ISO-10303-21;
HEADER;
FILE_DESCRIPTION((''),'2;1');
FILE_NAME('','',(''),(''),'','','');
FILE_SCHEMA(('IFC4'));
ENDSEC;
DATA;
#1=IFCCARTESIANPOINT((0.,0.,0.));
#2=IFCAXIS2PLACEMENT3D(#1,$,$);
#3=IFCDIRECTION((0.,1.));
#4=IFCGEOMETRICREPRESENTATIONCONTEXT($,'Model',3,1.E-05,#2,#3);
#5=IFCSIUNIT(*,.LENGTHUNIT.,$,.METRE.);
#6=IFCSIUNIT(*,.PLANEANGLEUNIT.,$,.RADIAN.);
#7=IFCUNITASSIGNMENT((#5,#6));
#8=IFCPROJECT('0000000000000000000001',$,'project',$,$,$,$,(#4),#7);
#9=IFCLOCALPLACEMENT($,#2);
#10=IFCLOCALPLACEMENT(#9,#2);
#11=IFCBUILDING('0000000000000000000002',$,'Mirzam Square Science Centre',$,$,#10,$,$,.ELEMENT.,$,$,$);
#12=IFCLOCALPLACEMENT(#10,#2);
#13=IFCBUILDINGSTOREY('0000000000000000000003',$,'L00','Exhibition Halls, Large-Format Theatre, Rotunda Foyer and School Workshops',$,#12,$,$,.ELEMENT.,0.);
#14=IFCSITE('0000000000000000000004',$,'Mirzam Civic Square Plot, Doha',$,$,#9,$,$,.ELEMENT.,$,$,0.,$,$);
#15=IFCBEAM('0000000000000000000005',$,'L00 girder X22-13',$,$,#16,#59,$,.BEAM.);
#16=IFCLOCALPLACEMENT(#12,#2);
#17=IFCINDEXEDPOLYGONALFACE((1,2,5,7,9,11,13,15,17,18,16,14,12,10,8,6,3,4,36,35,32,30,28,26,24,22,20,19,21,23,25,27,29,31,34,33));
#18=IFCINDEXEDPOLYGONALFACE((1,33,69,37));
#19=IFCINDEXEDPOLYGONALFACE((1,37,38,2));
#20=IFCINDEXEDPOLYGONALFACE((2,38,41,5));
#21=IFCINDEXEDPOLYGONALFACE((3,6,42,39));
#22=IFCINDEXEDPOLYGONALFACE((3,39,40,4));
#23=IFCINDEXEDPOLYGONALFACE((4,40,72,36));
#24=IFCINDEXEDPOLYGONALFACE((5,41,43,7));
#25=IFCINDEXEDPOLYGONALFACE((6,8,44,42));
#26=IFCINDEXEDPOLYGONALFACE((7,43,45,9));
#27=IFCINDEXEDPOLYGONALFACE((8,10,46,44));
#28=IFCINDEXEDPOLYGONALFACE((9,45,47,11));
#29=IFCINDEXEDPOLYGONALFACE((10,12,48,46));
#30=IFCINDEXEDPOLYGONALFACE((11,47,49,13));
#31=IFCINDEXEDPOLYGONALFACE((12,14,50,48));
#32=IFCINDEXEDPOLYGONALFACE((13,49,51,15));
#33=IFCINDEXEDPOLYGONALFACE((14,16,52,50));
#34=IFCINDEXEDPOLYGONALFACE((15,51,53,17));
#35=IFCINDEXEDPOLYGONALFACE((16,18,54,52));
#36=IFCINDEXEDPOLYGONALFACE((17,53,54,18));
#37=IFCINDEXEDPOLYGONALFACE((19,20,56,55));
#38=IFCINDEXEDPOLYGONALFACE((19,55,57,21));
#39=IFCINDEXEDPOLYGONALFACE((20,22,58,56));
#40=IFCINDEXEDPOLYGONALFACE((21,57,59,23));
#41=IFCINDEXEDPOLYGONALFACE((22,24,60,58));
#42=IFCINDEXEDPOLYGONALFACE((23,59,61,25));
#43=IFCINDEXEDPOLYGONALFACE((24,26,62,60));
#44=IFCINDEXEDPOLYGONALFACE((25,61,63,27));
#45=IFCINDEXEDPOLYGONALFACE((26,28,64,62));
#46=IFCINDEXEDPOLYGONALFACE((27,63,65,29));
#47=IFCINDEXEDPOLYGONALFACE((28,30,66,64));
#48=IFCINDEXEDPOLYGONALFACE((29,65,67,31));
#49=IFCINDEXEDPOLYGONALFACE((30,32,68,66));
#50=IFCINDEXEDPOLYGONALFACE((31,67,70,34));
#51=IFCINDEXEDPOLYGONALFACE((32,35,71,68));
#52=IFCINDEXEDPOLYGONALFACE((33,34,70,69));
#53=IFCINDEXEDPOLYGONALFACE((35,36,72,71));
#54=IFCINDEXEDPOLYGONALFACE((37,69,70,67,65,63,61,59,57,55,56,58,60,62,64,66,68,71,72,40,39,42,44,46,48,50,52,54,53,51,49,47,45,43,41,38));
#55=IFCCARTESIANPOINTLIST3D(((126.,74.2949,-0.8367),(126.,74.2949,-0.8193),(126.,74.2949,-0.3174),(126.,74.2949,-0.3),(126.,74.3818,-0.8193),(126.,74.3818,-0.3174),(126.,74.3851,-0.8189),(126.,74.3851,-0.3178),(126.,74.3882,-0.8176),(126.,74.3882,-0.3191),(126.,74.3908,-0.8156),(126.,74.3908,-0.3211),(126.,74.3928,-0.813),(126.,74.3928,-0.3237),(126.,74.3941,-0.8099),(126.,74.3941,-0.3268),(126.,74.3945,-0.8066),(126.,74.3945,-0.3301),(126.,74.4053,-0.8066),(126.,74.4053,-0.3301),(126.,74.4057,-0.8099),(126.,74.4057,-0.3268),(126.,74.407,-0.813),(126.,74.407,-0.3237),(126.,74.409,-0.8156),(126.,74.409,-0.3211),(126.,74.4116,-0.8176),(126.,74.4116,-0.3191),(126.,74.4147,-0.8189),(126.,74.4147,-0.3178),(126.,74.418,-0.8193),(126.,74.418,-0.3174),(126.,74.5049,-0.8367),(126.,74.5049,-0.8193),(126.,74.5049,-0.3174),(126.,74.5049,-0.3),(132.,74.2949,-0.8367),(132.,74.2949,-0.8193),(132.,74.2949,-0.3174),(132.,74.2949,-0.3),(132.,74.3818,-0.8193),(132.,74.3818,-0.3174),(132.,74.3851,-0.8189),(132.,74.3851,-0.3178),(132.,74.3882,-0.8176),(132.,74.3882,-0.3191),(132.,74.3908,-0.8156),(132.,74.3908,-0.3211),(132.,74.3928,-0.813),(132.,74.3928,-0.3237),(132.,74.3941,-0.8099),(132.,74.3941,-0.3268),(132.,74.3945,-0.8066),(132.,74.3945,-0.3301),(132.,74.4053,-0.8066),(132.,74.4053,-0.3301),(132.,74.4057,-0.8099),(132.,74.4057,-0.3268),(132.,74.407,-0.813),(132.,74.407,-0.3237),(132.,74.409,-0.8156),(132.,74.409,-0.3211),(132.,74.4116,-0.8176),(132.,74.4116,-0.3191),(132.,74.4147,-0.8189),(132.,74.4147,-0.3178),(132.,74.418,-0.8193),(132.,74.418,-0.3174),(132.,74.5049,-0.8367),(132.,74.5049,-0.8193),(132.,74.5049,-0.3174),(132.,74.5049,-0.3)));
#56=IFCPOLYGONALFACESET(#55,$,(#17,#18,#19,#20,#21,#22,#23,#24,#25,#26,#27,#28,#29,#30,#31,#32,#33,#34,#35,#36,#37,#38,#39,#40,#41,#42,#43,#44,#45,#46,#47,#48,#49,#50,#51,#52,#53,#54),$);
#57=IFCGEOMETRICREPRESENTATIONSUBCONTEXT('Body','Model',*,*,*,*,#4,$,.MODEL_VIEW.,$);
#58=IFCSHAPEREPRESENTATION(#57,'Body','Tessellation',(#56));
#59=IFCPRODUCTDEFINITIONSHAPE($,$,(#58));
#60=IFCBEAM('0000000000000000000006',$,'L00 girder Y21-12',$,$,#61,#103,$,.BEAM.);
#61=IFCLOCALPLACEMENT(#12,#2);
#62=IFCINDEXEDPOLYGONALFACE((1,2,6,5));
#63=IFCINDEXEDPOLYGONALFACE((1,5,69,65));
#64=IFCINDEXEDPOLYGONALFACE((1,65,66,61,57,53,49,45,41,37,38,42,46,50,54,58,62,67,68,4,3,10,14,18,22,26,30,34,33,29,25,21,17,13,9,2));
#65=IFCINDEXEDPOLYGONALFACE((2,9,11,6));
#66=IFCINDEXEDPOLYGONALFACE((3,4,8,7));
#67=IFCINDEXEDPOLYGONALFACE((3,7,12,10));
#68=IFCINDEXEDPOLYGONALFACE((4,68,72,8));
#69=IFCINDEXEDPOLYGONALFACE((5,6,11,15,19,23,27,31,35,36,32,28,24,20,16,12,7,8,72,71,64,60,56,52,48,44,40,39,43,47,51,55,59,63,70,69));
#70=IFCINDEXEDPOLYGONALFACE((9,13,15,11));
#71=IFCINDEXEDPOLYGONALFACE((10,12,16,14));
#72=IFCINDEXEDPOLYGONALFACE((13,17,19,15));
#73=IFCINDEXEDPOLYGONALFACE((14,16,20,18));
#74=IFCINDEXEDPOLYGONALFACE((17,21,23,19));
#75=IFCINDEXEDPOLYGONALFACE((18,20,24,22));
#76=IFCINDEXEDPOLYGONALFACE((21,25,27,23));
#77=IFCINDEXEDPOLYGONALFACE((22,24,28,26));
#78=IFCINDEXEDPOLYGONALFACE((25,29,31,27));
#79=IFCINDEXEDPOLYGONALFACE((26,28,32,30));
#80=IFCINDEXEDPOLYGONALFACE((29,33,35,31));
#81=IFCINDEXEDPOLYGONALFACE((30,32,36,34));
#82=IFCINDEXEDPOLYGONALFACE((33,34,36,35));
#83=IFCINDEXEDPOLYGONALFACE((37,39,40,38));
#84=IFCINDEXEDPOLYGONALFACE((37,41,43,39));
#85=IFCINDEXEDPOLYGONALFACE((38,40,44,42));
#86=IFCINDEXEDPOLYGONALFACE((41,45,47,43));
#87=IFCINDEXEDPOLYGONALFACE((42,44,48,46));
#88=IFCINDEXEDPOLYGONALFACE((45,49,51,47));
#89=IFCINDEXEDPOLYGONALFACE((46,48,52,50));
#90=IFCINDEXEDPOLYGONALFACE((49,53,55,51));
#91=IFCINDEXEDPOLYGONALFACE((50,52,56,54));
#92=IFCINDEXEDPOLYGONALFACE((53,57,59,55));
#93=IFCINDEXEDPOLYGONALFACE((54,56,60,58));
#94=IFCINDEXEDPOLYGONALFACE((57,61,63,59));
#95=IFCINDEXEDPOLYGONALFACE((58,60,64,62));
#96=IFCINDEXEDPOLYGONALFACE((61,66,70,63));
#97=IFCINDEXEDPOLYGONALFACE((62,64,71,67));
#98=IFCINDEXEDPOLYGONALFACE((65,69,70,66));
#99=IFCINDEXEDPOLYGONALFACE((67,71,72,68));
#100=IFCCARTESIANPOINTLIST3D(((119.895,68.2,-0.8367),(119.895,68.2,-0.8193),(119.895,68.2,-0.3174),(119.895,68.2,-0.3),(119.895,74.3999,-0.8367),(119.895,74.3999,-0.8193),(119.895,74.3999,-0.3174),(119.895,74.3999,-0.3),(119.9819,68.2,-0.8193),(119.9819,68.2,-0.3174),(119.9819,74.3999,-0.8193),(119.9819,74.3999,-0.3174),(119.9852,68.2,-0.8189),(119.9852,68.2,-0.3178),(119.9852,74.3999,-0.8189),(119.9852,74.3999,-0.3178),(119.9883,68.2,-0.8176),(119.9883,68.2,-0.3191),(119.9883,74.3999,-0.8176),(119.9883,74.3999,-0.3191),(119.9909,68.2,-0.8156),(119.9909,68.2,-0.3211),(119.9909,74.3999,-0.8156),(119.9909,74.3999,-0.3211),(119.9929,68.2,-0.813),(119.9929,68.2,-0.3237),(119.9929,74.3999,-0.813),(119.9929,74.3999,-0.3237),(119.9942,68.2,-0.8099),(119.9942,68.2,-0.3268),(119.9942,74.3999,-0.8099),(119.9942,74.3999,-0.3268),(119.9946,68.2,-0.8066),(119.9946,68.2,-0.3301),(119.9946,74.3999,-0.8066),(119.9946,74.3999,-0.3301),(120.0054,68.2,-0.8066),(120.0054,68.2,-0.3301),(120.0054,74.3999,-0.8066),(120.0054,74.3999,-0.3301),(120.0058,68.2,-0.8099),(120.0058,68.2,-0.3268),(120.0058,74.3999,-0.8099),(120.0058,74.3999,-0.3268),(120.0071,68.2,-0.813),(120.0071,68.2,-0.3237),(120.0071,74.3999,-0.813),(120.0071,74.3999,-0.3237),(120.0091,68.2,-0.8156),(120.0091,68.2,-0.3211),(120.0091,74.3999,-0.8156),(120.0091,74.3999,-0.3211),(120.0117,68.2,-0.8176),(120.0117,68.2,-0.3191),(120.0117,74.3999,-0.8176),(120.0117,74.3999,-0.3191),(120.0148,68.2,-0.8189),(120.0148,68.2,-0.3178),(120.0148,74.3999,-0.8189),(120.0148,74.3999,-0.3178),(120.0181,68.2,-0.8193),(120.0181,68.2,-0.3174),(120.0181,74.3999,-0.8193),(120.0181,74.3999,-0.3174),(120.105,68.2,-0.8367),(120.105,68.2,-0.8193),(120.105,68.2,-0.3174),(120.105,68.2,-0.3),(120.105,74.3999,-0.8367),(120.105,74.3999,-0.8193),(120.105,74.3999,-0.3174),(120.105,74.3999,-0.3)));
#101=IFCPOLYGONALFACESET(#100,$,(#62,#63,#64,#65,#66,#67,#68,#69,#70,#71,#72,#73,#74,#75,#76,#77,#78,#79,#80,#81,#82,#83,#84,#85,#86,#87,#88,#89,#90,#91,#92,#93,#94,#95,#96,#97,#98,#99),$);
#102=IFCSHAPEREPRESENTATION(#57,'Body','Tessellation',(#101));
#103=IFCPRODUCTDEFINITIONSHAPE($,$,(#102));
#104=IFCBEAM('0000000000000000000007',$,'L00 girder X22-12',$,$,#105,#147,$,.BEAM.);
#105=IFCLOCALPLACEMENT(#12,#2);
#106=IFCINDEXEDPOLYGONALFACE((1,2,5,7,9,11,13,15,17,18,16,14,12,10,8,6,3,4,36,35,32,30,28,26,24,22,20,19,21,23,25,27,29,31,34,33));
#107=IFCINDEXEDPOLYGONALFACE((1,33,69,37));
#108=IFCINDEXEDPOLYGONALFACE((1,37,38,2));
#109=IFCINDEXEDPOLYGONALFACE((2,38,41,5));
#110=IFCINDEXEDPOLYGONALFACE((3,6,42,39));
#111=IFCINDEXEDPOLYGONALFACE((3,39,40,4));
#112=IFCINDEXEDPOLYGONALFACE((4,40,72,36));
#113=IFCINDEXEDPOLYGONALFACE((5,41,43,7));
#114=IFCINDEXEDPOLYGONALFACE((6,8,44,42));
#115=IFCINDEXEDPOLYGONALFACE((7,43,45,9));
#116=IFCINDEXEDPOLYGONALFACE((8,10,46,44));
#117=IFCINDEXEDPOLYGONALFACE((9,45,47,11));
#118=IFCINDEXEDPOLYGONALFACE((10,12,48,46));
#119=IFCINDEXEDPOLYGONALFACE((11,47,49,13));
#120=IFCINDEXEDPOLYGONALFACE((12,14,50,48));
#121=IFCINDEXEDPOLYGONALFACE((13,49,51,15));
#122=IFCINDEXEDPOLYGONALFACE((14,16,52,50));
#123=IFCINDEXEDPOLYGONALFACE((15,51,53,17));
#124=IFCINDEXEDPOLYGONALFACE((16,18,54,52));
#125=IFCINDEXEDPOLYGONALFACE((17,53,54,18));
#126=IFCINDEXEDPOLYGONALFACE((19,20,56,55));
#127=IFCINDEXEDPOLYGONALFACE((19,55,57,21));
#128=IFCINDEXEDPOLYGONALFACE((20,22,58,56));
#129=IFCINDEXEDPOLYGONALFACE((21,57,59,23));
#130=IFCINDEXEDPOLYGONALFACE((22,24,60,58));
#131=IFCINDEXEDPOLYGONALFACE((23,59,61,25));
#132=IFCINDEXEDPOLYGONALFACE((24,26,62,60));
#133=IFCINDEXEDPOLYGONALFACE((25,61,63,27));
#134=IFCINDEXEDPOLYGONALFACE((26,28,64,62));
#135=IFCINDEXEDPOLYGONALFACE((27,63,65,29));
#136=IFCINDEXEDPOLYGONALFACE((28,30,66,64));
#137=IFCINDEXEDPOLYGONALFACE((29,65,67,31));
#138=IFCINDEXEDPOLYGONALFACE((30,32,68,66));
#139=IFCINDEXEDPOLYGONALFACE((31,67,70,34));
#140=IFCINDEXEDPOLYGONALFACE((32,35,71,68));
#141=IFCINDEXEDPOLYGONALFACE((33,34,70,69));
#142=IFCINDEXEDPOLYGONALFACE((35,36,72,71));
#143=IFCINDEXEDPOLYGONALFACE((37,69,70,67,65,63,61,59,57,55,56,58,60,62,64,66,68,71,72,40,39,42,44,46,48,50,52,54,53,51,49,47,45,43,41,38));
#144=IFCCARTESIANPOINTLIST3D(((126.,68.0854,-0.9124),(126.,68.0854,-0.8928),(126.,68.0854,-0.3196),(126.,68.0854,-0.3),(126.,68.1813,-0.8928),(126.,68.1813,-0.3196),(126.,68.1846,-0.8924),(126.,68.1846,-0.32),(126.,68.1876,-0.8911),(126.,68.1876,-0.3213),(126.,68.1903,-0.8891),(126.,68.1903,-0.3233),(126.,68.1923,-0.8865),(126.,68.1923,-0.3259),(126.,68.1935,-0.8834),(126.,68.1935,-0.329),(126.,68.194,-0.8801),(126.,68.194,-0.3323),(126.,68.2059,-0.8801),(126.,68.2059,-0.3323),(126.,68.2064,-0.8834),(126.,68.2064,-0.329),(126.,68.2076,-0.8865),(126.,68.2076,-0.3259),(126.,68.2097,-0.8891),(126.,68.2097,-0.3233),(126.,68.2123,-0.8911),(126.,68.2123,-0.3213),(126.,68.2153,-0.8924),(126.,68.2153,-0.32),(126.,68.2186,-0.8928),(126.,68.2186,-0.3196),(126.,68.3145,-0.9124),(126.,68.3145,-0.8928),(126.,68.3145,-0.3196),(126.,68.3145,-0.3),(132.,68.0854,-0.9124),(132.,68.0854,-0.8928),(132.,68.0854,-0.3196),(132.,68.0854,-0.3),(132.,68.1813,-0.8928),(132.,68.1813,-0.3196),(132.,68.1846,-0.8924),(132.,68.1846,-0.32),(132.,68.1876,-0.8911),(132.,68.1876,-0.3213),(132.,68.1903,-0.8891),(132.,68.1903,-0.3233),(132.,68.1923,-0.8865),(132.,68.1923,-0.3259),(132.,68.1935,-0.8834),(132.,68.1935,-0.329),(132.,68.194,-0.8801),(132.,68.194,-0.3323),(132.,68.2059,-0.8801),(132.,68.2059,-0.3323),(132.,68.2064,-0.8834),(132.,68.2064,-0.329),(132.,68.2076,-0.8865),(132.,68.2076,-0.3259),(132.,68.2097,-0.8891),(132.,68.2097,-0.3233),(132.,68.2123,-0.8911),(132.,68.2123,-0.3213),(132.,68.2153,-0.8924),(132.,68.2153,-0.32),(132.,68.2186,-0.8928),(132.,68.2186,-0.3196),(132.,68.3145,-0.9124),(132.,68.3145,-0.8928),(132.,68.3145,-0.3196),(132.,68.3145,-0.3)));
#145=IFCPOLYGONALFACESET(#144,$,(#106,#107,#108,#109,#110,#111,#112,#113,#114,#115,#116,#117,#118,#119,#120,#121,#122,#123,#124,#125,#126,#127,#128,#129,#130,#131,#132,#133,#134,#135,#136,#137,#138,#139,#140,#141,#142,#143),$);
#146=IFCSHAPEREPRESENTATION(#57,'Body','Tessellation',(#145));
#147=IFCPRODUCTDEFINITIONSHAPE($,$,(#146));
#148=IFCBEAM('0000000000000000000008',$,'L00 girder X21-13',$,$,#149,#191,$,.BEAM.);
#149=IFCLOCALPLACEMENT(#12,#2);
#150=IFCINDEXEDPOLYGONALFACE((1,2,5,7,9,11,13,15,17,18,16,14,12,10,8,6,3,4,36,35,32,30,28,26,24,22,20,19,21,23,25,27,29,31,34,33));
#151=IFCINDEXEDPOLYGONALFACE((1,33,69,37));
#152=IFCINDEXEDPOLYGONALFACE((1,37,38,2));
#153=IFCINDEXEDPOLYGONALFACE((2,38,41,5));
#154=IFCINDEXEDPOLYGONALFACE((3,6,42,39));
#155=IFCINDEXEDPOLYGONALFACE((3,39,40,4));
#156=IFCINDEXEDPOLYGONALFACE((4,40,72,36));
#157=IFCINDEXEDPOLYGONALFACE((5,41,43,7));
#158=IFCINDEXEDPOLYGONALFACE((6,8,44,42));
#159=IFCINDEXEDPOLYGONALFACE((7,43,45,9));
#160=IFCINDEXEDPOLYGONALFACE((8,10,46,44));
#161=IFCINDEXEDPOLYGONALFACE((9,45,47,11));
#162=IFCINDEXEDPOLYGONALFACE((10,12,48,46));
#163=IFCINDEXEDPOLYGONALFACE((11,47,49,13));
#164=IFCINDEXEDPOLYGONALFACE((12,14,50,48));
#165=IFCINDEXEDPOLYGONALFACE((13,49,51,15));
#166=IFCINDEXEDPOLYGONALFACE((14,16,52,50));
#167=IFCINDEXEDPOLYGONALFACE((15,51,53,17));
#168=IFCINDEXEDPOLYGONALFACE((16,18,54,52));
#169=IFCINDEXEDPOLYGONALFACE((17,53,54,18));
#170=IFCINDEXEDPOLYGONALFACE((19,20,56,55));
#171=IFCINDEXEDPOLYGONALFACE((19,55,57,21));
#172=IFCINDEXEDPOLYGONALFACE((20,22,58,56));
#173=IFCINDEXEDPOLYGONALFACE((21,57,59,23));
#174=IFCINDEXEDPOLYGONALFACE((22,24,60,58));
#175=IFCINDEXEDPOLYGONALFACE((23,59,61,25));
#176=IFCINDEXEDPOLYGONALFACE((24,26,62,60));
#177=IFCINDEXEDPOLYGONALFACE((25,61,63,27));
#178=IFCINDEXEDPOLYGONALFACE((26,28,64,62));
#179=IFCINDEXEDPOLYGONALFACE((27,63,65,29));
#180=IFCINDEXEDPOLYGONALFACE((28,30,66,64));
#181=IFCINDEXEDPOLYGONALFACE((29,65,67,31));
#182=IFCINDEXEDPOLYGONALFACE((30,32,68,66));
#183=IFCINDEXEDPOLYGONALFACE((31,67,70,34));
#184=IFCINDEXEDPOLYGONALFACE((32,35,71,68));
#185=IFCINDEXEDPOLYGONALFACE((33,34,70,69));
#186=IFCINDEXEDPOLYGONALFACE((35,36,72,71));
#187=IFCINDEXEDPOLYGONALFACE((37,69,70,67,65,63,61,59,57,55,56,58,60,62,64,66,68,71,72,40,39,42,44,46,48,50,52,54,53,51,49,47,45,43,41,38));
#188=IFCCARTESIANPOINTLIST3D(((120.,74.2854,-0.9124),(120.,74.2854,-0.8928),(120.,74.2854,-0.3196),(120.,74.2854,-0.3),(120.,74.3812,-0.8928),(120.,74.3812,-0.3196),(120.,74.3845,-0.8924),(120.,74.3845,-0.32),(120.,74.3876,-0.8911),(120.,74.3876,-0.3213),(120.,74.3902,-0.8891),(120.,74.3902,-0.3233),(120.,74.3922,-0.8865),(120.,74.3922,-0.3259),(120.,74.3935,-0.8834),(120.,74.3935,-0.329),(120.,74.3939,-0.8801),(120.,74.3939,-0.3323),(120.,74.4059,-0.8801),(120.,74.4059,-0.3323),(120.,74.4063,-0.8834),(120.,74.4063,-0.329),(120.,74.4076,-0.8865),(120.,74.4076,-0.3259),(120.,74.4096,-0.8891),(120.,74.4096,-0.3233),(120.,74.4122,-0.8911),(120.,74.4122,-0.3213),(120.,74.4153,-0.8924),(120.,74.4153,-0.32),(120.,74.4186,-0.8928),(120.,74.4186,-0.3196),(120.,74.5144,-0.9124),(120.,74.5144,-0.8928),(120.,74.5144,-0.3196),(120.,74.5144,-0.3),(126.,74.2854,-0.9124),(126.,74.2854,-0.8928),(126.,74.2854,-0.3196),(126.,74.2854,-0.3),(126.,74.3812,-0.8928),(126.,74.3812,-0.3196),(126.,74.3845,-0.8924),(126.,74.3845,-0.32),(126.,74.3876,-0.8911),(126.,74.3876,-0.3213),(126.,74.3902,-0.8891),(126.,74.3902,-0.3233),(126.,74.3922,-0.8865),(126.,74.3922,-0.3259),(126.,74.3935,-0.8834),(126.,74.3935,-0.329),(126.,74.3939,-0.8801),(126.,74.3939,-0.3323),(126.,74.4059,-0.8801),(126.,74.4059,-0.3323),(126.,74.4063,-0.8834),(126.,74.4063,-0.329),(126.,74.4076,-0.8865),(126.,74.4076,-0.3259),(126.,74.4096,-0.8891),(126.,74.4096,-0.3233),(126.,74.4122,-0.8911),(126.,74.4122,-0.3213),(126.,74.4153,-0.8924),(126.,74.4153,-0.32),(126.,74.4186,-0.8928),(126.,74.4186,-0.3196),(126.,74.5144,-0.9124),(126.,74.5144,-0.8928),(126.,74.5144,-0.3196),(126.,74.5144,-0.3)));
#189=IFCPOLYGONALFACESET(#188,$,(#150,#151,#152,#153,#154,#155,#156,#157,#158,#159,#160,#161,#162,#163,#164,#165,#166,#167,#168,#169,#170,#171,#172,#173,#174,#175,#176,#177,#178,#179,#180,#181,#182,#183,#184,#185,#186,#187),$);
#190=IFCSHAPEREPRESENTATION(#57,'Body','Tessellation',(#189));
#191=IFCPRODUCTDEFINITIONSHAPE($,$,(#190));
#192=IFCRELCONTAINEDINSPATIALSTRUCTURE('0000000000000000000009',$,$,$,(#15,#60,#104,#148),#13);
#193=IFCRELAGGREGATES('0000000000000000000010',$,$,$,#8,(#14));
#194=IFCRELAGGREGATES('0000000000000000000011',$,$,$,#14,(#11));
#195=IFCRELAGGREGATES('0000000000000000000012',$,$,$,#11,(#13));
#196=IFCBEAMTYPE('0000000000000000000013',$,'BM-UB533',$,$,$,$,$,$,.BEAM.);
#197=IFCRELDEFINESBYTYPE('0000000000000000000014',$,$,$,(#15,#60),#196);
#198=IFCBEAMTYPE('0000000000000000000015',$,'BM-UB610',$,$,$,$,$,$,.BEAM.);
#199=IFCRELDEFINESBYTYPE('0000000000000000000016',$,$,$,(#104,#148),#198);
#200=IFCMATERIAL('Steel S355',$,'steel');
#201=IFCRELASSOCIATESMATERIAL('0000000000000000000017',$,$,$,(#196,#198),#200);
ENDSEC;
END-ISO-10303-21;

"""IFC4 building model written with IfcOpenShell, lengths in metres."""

from ifc_helpers import new_model, si_unit, direction, frame, origin, origin_2d, place, context, subcontext, project, spatial, i_section, extrude, material, material_profile, profile_set, type_object, element, save


model = new_model("IFC4")

# Units and contexts
model_context = context("Model", 3, precision=1e-05, world=origin(), true_north=direction((0.0, 1.0)))
body_context = subcontext(model_context, "Body", "Model", "MODEL_VIEW")
ifc_project = project(units=[si_unit("LENGTHUNIT", "METRE"), si_unit("PLANEANGLEUNIT", "RADIAN")], contexts=[model_context])

# Site, building, storey
site_placement = place(None, origin())
site = spatial("IfcSite", under=ifc_project, at=site_placement, Name="Mirzam Civic Square Plot, Doha", CompositionType="ELEMENT", RefElevation=0.0)
building_placement = place(site_placement, origin())
building = spatial("IfcBuilding", under=site, at=building_placement, Name="Mirzam Square Science Centre", CompositionType="ELEMENT")
storey_placement = place(building_placement, origin())
storey = spatial("IfcBuildingStorey", under=building, at=storey_placement, Name="L00", Description="Exhibition Halls, Large-Format Theatre, Rotunda Foyer and School Workshops", CompositionType="ELEMENT", Elevation=0.0)

# Shared definitions
ifc_material_1 = material(Name="Steel S355", Category="steel")

# Beams
ifc_material_profile_1 = material_profile(ifc_material_1, i_section(OverallWidth=0.21, OverallDepth=0.5366, WebThickness=0.0107, FlangeThickness=0.0173, FilletRadius=0.0127, at=origin_2d()), Name="533x210x101UB")
ifc_profile_set_1 = profile_set([ifc_material_profile_1], Name="Steel S355")
beam_type_1 = type_object("IfcBeamType", Name="BM-UB533", PredefinedType="BEAM", material=ifc_profile_set_1)
for number, where, z_axis, x_axis, name in (
    (1, (126.0, 74.3999, -0.5684), (1.0, 0.0, 0.0), (0.0, 1.0, 0.0), "L00 girder X22-13"),
):
    element("IfcBeam", number, at=place(storey_placement, frame(where, z_axis=z_axis, x_axis=x_axis)), inside=storey, type_object=beam_type_1, Name=name, PredefinedType="BEAM", context=body_context, shape_type="SweptSolid", body=[
        extrude(i_section(OverallWidth=0.21, OverallDepth=0.5366, WebThickness=0.0107, FlangeThickness=0.0173, FilletRadius=0.0127, at=origin_2d()), origin(), (0.0, 0.0, 1.0), 6.0),
    ])
beam_1_placement = place(storey_placement, frame((120.0, 68.2, -0.5684), z_axis=(0.0, 1.0, 0.0), x_axis=(-1.0, 0.0, 0.0)))
element("IfcBeam", 2, at=beam_1_placement, inside=storey, type_object=beam_type_1, Name="L00 girder Y21-12", PredefinedType="BEAM", context=body_context, shape_type="SweptSolid", body=[
    extrude(i_section(OverallWidth=0.21, OverallDepth=0.5366, WebThickness=0.0107, FlangeThickness=0.0173, FilletRadius=0.0127, at=origin_2d()), origin(), (0.0, 0.0, 1.0), 6.2),
])
ifc_material_profile_2 = material_profile(ifc_material_1, i_section(OverallWidth=0.229, OverallDepth=0.6123, WebThickness=0.012, FlangeThickness=0.0195, FilletRadius=0.0127, at=origin_2d()), Name="610x229x125UB")
ifc_profile_set_2 = profile_set([ifc_material_profile_2], Name="Steel S355")
beam_type_2 = type_object("IfcBeamType", Name="BM-UB610", PredefinedType="BEAM", material=ifc_profile_set_2)
for number, where, z_axis, x_axis, name in (
    (3, (126.0, 68.2, -0.6062), (1.0, 0.0, 0.0), (0.0, 1.0, 0.0), "L00 girder X22-12"),
    (4, (120.0, 74.3999, -0.6062), (1.0, 0.0, 0.0), (0.0, 1.0, 0.0), "L00 girder X21-13"),
):
    element("IfcBeam", number, at=place(storey_placement, frame(where, z_axis=z_axis, x_axis=x_axis)), inside=storey, type_object=beam_type_2, Name=name, PredefinedType="BEAM", context=body_context, shape_type="SweptSolid", body=[
        extrude(i_section(OverallWidth=0.229, OverallDepth=0.6123, WebThickness=0.012, FlangeThickness=0.0195, FilletRadius=0.0127, at=origin_2d()), origin(), (0.0, 0.0, 1.0), 6.0),
    ])

save(model, "model.ifc")
